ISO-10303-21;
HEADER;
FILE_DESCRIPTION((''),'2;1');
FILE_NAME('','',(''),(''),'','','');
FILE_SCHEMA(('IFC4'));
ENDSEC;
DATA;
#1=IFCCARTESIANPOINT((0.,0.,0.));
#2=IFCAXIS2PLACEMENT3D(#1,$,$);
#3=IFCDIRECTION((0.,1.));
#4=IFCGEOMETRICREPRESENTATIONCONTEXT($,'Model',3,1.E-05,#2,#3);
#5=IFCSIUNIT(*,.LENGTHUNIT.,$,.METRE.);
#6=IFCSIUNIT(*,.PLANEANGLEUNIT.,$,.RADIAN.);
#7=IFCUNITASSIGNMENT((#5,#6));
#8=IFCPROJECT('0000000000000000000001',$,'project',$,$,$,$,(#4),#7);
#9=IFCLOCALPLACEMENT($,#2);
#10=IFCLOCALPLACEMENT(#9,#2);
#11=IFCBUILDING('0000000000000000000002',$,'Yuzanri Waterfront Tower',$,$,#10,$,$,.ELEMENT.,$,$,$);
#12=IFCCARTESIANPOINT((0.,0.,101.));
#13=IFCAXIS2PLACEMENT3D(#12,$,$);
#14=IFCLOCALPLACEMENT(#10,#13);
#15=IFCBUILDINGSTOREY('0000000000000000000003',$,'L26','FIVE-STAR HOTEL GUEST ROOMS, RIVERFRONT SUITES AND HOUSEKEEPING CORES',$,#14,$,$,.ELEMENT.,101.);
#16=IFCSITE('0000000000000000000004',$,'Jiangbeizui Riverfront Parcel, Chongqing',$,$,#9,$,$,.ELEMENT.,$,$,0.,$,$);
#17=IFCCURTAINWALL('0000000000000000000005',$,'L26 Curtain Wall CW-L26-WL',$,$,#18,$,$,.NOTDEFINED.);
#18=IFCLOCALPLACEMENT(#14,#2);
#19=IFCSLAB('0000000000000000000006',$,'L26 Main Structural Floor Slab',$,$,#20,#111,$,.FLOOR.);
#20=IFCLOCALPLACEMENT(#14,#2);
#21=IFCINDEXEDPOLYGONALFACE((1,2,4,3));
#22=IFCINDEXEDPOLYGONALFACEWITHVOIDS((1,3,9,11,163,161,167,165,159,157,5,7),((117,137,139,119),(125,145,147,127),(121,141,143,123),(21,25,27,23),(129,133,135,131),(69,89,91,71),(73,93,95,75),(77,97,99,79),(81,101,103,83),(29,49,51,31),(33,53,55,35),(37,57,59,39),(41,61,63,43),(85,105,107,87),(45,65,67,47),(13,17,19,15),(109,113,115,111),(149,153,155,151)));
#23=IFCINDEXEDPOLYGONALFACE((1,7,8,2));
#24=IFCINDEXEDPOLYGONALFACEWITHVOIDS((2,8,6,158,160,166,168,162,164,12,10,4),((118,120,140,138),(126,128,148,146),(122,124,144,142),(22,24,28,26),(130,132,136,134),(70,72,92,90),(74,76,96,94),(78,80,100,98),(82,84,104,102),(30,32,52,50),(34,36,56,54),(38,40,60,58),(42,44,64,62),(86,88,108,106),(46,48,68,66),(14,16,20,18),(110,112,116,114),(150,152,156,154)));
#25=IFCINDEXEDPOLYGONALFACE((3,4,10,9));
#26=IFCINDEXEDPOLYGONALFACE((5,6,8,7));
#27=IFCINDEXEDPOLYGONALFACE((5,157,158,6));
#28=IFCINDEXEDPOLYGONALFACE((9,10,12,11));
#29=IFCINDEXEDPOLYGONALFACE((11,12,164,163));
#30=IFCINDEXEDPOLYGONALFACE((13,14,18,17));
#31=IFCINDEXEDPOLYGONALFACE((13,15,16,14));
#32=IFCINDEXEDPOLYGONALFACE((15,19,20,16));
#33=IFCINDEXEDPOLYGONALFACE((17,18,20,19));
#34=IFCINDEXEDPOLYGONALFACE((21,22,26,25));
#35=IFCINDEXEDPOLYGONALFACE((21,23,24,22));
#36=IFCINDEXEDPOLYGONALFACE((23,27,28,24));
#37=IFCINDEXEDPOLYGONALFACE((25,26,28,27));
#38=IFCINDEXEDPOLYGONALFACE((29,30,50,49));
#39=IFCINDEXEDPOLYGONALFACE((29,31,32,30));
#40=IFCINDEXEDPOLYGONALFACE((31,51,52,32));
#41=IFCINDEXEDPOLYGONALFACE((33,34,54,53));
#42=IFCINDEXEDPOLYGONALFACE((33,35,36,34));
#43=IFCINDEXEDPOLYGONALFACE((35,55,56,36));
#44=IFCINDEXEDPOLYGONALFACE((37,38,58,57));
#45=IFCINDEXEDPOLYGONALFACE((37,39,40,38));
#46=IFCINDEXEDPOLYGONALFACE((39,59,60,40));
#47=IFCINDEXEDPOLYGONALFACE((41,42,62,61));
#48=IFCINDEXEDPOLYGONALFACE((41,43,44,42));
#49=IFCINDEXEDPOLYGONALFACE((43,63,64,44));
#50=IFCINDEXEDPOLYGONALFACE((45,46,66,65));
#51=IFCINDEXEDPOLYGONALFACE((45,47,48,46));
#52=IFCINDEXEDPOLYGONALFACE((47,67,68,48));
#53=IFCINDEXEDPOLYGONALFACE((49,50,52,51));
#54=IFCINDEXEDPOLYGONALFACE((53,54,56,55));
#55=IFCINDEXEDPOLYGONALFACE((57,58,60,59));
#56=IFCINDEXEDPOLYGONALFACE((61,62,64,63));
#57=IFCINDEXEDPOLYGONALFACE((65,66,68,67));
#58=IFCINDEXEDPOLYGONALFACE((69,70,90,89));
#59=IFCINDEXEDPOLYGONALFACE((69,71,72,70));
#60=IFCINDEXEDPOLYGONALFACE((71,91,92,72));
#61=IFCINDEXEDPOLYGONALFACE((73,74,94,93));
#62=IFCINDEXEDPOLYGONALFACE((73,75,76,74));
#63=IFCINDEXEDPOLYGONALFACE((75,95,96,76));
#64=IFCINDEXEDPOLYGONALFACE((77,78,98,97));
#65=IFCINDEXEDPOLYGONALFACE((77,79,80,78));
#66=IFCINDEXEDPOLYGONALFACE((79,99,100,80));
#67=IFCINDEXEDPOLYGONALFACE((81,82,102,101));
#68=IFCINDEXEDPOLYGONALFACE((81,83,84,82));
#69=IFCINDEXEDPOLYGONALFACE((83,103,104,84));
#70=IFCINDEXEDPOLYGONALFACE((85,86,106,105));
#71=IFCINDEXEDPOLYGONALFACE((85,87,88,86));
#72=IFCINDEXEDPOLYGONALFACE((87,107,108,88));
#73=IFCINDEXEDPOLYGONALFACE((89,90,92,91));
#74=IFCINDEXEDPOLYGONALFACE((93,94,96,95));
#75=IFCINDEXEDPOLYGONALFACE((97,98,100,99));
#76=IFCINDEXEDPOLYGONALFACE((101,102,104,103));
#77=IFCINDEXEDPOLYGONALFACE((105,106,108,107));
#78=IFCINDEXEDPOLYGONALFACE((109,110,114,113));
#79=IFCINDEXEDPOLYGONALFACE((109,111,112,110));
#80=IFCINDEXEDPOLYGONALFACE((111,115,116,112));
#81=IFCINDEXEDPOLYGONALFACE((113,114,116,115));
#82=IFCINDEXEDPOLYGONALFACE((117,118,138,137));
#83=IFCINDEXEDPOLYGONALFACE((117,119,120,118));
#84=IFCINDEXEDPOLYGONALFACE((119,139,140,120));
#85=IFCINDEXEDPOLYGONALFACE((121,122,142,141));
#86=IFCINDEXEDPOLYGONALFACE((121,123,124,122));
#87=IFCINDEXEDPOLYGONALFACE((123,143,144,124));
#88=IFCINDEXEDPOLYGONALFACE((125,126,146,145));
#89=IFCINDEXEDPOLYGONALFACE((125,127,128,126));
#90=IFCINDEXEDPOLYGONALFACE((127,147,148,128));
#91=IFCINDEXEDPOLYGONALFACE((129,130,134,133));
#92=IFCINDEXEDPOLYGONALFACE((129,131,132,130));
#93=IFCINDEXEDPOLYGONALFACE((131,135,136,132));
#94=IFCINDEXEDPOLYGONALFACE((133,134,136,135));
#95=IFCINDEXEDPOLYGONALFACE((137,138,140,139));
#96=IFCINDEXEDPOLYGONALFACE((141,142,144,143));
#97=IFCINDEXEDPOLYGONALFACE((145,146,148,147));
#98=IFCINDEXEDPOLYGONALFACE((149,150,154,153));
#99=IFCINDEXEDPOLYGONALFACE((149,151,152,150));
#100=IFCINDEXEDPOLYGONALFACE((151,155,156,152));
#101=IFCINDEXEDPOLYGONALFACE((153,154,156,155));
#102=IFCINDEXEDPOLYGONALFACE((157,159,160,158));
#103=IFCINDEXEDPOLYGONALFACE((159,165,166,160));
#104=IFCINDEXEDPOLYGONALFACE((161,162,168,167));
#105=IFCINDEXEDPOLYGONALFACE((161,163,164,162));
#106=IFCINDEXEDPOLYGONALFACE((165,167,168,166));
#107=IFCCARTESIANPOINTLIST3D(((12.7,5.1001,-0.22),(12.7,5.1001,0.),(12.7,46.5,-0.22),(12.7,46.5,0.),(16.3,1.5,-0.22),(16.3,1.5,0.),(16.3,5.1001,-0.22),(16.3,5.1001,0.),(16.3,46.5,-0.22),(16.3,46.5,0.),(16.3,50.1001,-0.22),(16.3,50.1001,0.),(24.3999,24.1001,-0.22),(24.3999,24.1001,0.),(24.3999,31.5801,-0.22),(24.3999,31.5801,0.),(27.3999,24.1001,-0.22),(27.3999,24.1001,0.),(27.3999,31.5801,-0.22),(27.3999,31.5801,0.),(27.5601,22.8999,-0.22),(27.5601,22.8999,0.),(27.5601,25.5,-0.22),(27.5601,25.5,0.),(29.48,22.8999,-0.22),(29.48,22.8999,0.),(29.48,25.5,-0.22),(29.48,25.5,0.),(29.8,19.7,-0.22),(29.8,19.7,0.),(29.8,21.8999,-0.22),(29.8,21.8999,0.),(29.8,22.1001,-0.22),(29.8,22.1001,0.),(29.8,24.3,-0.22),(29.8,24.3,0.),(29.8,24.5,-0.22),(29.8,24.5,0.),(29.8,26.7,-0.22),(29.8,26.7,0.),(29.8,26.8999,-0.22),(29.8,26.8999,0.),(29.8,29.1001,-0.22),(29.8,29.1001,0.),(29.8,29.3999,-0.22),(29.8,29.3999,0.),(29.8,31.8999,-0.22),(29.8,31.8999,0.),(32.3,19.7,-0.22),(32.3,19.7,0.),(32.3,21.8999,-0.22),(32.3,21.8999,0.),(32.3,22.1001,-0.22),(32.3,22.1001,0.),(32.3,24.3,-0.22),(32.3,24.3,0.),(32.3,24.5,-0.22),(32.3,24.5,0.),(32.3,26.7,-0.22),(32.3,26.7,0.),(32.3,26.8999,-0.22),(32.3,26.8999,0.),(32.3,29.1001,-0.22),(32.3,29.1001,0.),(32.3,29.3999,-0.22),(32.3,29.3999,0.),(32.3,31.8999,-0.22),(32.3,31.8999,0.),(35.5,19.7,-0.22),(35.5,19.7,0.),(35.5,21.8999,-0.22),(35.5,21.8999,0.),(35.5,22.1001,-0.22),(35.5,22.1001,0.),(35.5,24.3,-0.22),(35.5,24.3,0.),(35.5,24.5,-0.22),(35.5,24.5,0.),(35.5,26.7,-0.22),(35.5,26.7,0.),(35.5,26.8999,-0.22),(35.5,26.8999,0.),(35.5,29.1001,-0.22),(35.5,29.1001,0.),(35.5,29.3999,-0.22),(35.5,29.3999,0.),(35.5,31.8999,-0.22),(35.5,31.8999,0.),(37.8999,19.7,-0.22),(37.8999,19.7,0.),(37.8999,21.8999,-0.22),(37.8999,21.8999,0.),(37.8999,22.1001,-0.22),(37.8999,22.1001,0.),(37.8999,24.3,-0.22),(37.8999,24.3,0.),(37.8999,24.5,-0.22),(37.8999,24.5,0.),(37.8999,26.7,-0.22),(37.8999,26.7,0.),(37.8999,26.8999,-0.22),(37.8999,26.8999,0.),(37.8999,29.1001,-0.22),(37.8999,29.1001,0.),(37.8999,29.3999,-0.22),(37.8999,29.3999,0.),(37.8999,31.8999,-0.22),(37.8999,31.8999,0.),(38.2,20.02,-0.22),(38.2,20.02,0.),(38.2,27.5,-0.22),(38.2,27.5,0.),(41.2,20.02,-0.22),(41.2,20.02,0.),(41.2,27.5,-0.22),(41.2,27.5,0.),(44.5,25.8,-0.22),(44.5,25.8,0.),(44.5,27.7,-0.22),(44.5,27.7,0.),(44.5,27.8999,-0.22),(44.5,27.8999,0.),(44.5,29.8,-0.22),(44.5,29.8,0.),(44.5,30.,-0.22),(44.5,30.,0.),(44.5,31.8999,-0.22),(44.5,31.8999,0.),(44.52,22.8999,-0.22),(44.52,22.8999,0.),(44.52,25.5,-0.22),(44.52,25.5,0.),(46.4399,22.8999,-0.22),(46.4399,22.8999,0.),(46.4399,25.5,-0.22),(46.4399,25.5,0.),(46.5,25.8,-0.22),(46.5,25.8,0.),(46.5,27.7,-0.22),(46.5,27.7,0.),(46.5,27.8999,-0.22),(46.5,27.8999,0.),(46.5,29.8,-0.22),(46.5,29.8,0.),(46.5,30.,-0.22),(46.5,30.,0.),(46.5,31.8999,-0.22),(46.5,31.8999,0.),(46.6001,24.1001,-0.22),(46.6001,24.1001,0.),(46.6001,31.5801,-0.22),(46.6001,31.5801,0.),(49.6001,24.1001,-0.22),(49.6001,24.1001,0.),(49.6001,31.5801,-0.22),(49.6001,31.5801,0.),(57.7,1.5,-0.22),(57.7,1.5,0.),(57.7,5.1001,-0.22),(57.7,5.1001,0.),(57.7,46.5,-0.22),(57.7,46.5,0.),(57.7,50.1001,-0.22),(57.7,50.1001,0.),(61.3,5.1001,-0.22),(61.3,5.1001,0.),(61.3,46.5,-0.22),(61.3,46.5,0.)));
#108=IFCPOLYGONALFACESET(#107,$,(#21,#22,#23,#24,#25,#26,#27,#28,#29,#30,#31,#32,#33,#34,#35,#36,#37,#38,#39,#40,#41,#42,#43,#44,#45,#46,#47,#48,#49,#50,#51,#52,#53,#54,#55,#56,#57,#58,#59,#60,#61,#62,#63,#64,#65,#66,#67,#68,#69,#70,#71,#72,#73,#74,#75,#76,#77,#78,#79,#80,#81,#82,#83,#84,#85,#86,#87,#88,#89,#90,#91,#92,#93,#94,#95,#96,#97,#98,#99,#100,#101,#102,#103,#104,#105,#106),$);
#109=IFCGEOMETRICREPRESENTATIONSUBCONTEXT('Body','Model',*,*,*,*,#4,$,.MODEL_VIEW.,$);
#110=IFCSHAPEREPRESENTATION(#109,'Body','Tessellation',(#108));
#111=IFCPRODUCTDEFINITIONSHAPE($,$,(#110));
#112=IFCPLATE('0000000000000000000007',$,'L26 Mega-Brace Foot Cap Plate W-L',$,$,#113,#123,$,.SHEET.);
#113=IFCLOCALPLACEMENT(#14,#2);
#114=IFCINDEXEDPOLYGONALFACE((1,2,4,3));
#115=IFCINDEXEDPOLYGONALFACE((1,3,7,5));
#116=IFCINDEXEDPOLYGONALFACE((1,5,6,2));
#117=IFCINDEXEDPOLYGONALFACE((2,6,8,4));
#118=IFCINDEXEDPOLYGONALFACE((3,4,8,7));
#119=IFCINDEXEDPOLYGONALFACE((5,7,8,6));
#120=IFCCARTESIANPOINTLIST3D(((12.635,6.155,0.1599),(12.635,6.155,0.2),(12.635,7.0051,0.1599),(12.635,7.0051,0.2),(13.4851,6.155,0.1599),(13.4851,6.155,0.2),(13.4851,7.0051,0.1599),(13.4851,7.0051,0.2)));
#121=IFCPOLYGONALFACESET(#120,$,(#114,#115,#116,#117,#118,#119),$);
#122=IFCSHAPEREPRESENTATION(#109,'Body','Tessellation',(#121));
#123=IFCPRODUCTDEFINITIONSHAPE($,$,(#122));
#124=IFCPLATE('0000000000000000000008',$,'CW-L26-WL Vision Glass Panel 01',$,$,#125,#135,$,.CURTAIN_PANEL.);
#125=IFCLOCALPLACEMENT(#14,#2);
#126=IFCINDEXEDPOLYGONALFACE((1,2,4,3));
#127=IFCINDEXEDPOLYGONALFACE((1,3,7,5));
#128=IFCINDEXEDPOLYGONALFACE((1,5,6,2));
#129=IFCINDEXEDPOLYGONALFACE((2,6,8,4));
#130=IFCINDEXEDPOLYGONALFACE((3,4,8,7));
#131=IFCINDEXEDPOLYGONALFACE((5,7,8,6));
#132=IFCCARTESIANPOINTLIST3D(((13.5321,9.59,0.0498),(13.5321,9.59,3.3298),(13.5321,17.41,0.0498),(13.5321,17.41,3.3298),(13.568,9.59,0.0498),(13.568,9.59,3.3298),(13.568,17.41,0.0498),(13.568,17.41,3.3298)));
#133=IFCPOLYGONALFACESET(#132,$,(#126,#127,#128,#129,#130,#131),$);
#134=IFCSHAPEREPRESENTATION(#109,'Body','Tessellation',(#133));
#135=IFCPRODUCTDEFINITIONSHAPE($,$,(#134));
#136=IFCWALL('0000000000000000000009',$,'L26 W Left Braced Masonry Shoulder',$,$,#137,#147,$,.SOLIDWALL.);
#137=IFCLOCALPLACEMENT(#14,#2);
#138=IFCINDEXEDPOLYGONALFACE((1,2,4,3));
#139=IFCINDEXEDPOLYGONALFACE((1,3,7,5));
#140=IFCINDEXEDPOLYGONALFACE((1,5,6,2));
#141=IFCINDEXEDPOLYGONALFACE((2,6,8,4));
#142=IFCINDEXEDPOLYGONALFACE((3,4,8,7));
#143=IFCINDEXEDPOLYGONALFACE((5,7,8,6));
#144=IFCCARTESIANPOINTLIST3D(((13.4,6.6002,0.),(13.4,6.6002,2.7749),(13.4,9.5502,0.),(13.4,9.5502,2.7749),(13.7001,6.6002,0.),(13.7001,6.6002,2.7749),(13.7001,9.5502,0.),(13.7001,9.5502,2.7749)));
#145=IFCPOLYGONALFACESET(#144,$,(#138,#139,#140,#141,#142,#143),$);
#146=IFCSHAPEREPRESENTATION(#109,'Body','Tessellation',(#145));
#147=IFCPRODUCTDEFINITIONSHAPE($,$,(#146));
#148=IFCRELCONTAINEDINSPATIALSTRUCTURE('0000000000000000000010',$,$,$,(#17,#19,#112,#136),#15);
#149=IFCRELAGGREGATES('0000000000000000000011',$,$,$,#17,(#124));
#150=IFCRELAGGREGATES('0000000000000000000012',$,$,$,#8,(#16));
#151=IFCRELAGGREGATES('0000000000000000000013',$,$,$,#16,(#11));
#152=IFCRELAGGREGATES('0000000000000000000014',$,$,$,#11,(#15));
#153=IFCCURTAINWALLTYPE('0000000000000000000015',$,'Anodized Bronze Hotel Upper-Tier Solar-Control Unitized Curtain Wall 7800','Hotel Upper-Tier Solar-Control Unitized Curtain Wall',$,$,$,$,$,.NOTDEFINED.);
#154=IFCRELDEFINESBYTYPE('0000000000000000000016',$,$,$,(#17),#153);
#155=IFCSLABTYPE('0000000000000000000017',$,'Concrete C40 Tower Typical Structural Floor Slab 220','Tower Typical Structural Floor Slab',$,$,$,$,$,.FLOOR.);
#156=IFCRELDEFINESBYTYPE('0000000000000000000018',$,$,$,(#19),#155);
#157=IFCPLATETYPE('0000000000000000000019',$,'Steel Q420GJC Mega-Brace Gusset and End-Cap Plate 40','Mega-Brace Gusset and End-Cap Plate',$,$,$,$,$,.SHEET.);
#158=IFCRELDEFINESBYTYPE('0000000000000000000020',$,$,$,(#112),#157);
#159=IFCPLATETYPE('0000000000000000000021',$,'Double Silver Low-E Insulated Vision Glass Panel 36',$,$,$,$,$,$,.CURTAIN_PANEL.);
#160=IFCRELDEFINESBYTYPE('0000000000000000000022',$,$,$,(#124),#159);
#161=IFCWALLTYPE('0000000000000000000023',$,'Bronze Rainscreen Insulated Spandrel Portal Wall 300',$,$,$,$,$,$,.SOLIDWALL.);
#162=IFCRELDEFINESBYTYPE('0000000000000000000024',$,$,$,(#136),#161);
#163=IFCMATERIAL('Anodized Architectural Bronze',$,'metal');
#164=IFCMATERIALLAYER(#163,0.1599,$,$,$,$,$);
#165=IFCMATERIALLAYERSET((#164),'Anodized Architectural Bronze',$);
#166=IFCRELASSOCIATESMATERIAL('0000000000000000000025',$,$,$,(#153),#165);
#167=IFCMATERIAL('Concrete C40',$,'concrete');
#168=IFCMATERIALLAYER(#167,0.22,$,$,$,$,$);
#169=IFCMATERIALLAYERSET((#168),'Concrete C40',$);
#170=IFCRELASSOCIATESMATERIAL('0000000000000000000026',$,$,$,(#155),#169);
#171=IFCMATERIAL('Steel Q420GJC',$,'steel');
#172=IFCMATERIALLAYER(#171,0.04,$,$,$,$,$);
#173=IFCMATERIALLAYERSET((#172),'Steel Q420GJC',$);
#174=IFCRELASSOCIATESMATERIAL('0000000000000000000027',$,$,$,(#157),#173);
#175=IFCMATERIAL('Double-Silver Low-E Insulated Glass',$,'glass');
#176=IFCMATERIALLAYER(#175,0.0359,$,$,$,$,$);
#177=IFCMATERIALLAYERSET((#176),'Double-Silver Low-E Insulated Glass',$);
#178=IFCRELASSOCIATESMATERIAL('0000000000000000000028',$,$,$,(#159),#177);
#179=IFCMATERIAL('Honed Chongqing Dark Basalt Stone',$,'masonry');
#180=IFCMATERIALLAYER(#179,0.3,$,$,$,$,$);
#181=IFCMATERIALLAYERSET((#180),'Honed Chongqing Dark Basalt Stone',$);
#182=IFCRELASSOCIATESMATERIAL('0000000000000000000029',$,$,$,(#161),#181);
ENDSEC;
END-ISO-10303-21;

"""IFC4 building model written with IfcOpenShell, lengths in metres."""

from ifc_helpers import new_model, si_unit, direction, frame, frame_2d, origin, origin_2d, place, context, subcontext, project, spatial, polyline, rectangle, outline, extrude, source, transform, mapped, material, layer, layer_set, type_object, element, aggregate, save


model = new_model("IFC4")

# Units and contexts
model_context = context("Model", 3, precision=1e-05, world=origin(), true_north=direction((0.0, 1.0)))
body_context = subcontext(model_context, "Body", "Model", "MODEL_VIEW")
ifc_project = project(units=[si_unit("LENGTHUNIT", "METRE"), si_unit("PLANEANGLEUNIT", "RADIAN")], contexts=[model_context])

# Site, building, storey
site_placement = place(None, origin())
site = spatial("IfcSite", under=ifc_project, at=site_placement, Name="Jiangbeizui Riverfront Parcel, Chongqing", CompositionType="ELEMENT", RefElevation=0.0)
building_placement = place(site_placement, origin())
building = spatial("IfcBuilding", under=site, at=building_placement, Name="Yuzanri Waterfront Tower", CompositionType="ELEMENT")
storey_placement = place(building_placement, frame((0.0, 0.0, 101.0)))
storey = spatial("IfcBuildingStorey", under=building, at=storey_placement, Name="L26", Description="FIVE-STAR HOTEL GUEST ROOMS, RIVERFRONT SUITES AND HOUSEKEEPING CORES", CompositionType="ELEMENT", Elevation=101.0)

# Curtain wall
ifc_material_1 = material(Name="Anodized Architectural Bronze", Category="metal")
ifc_layer_1 = layer(ifc_material_1, 0.1599)
ifc_layer_set_1 = layer_set([ifc_layer_1], Name="Anodized Architectural Bronze")
curtain_wall_type = type_object("IfcCurtainWallType", Name="Anodized Bronze Hotel Upper-Tier Solar-Control Unitized Curtain Wall 7800", Description="Hotel Upper-Tier Solar-Control Unitized Curtain Wall", PredefinedType="NOTDEFINED", material=ifc_layer_set_1)
curtain_wall_placement = place(storey_placement, origin())
curtain_wall = element("IfcCurtainWall", 1, at=curtain_wall_placement, inside=storey, type_object=curtain_wall_type, Name="L26 Curtain Wall CW-L26-WL", PredefinedType="NOTDEFINED")

# Slab
ifc_material_2 = material(Name="Concrete C40", Category="concrete")
ifc_layer_2 = layer(ifc_material_2, 0.22)
ifc_layer_set_2 = layer_set([ifc_layer_2], Name="Concrete C40")
slab_type_1 = type_object("IfcSlabType", Name="Concrete C40 Tower Typical Structural Floor Slab 220", Description="Tower Typical Structural Floor Slab", PredefinedType="FLOOR", material=ifc_layer_set_2)
slab_1_placement = place(storey_placement, frame((0.0, 0.0, -0.22)))
element("IfcSlab", 2, at=slab_1_placement, inside=storey, type_object=slab_type_1, Name="L26 Main Structural Floor Slab", PredefinedType="FLOOR", context=body_context, shape_type="SweptSolid", body=[
    extrude(outline(polyline([(16.3, 1.5), (57.7, 1.5), (57.7, 5.1001), (61.3, 5.1001), (61.3, 46.5), (57.7, 46.5), (57.7, 50.1001), (16.3, 50.1001), (16.3, 46.5), (12.7, 46.5), (12.7, 5.1001), (16.3, 5.1001), (16.3, 1.5)]), holes=[polyline([(27.3999, 24.1001), (27.3999, 31.5801), (24.3999, 31.5801), (24.3999, 24.1001), (27.3999, 24.1001)]), polyline([(49.6001, 24.1001), (49.6001, 31.5801), (46.6001, 31.5801), (46.6001, 24.1001), (49.6001, 24.1001)]), polyline([(38.2, 27.5), (38.2, 20.02), (41.2, 20.02), (41.2, 27.5), (38.2, 27.5)]), polyline([(27.5601, 22.8999), (29.48, 22.8999), (29.48, 25.5), (27.5601, 25.5), (27.5601, 22.8999)]), polyline([(44.52, 22.8999), (46.4399, 22.8999), (46.4399, 25.5), (44.52, 25.5), (44.52, 22.8999)]), polyline([(29.8, 19.7), (32.3, 19.7), (32.3, 21.8999), (29.8, 21.8999), (29.8, 19.7)]), polyline([(29.8, 22.1001), (32.3, 22.1001), (32.3, 24.3), (29.8, 24.3), (29.8, 22.1001)]), polyline([(29.8, 24.5), (32.3, 24.5), (32.3, 26.7), (29.8, 26.7), (29.8, 24.5)]), polyline([(29.8, 26.8999), (32.3, 26.8999), (32.3, 29.1001), (29.8, 29.1001), (29.8, 26.8999)]), polyline([(29.8, 29.3999), (32.3, 29.3999), (32.3, 31.8999), (29.8, 31.8999), (29.8, 29.3999)]), polyline([(35.5, 19.7), (37.8999, 19.7), (37.8999, 21.8999), (35.5, 21.8999), (35.5, 19.7)]), polyline([(35.5, 22.1001), (37.8999, 22.1001), (37.8999, 24.3), (35.5, 24.3), (35.5, 22.1001)]), polyline([(35.5, 24.5), (37.8999, 24.5), (37.8999, 26.7), (35.5, 26.7), (35.5, 24.5)]), polyline([(35.5, 26.8999), (37.8999, 26.8999), (37.8999, 29.1001), (35.5, 29.1001), (35.5, 26.8999)]), polyline([(35.5, 29.3999), (37.8999, 29.3999), (37.8999, 31.8999), (35.5, 31.8999), (35.5, 29.3999)]), polyline([(44.5, 25.8), (46.5, 25.8), (46.5, 27.7), (44.5, 27.7), (44.5, 25.8)]), polyline([(44.5, 27.8999), (46.5, 27.8999), (46.5, 29.8), (44.5, 29.8), (44.5, 27.8999)]), polyline([(44.5, 30.0), (46.5, 30.0), (46.5, 31.8999), (44.5, 31.8999), (44.5, 30.0)])]), origin(), (0.0, 0.0, 1.0), 0.22),
])

# Plates
ifc_material_3 = material(Name="Steel Q420GJC", Category="steel")
ifc_layer_3 = layer(ifc_material_3, 0.04)
ifc_layer_set_3 = layer_set([ifc_layer_3], Name="Steel Q420GJC")
plate_type_1 = type_object("IfcPlateType", Name="Steel Q420GJC Mega-Brace Gusset and End-Cap Plate 40", Description="Mega-Brace Gusset and End-Cap Plate", PredefinedType="SHEET", material=ifc_layer_set_3)
shared_shape_1 = source(origin(), body_context, "Body", "SweptSolid", [
    extrude(rectangle(XDim=0.8501, YDim=0.8501, at=origin_2d()), origin(), (0.0, 0.0, 1.0), 0.04),
])
plate_1_placement = place(storey_placement, frame((13.0601, 6.5801, 0.1599), z_axis=(0.0, 0.0, 1.0), x_axis=(1.0, 0.0, 0.0)))
element("IfcPlate", 3, at=plate_1_placement, inside=storey, type_object=plate_type_1, Name="L26 Mega-Brace Foot Cap Plate W-L", PredefinedType="SHEET", context=body_context, shape_type="MappedRepresentation", body=[
    mapped(shared_shape_1, transform((0.0, 0.0, 0.0), scale=1.0)),
])
ifc_material_4 = material(Name="Double-Silver Low-E Insulated Glass", Category="glass")
ifc_layer_4 = layer(ifc_material_4, 0.0359)
ifc_layer_set_4 = layer_set([ifc_layer_4], Name="Double-Silver Low-E Insulated Glass")
plate_type_2 = type_object("IfcPlateType", Name="Double Silver Low-E Insulated Vision Glass Panel 36", PredefinedType="CURTAIN_PANEL", material=ifc_layer_set_4)
shared_shape_2 = source(origin(), body_context, "Body", "SweptSolid", [
    extrude(rectangle(XDim=7.8201, YDim=0.0359, at=origin_2d()), origin(), (0.0, 0.0, 1.0), 3.28),
])
plate_2_placement = place(storey_placement, frame((13.55, 13.5, 0.0498), z_axis=(0.0, 0.0, 1.0), x_axis=(0.0, 1.0, 0.0)))
plate_2 = element("IfcPlate", 4, at=plate_2_placement, type_object=plate_type_2, Name="CW-L26-WL Vision Glass Panel 01", PredefinedType="CURTAIN_PANEL", context=body_context, shape_type="MappedRepresentation", body=[
    mapped(shared_shape_2, transform((0.0, 0.0, 0.0), scale=1.0)),
])
aggregate(curtain_wall, [plate_2])

# Wall
ifc_material_5 = material(Name="Honed Chongqing Dark Basalt Stone", Category="masonry")
ifc_layer_5 = layer(ifc_material_5, 0.3)
ifc_layer_set_5 = layer_set([ifc_layer_5], Name="Honed Chongqing Dark Basalt Stone")
wall_type = type_object("IfcWallType", Name="Bronze Rainscreen Insulated Spandrel Portal Wall 300", PredefinedType="SOLIDWALL", material=ifc_layer_set_5)
shared_shape_3 = source(origin(), body_context, "Body", "SweptSolid", [
    extrude(rectangle(XDim=2.95, YDim=0.3, at=frame_2d((1.4751, 0.0))), origin(), (0.0, 0.0, 1.0), 2.7749),
])
wall_placement = place(storey_placement, frame((13.55, 6.6001, 0.0), z_axis=(0.0, 0.0, 1.0), x_axis=(0.0, 1.0, 0.0)))
element("IfcWall", 5, at=wall_placement, inside=storey, type_object=wall_type, Name="L26 W Left Braced Masonry Shoulder", PredefinedType="SOLIDWALL", context=body_context, shape_type="MappedRepresentation", body=[
    mapped(shared_shape_3, transform((0.0, 0.0, 0.0), scale=1.0)),
])

save(model, "model.ifc")
